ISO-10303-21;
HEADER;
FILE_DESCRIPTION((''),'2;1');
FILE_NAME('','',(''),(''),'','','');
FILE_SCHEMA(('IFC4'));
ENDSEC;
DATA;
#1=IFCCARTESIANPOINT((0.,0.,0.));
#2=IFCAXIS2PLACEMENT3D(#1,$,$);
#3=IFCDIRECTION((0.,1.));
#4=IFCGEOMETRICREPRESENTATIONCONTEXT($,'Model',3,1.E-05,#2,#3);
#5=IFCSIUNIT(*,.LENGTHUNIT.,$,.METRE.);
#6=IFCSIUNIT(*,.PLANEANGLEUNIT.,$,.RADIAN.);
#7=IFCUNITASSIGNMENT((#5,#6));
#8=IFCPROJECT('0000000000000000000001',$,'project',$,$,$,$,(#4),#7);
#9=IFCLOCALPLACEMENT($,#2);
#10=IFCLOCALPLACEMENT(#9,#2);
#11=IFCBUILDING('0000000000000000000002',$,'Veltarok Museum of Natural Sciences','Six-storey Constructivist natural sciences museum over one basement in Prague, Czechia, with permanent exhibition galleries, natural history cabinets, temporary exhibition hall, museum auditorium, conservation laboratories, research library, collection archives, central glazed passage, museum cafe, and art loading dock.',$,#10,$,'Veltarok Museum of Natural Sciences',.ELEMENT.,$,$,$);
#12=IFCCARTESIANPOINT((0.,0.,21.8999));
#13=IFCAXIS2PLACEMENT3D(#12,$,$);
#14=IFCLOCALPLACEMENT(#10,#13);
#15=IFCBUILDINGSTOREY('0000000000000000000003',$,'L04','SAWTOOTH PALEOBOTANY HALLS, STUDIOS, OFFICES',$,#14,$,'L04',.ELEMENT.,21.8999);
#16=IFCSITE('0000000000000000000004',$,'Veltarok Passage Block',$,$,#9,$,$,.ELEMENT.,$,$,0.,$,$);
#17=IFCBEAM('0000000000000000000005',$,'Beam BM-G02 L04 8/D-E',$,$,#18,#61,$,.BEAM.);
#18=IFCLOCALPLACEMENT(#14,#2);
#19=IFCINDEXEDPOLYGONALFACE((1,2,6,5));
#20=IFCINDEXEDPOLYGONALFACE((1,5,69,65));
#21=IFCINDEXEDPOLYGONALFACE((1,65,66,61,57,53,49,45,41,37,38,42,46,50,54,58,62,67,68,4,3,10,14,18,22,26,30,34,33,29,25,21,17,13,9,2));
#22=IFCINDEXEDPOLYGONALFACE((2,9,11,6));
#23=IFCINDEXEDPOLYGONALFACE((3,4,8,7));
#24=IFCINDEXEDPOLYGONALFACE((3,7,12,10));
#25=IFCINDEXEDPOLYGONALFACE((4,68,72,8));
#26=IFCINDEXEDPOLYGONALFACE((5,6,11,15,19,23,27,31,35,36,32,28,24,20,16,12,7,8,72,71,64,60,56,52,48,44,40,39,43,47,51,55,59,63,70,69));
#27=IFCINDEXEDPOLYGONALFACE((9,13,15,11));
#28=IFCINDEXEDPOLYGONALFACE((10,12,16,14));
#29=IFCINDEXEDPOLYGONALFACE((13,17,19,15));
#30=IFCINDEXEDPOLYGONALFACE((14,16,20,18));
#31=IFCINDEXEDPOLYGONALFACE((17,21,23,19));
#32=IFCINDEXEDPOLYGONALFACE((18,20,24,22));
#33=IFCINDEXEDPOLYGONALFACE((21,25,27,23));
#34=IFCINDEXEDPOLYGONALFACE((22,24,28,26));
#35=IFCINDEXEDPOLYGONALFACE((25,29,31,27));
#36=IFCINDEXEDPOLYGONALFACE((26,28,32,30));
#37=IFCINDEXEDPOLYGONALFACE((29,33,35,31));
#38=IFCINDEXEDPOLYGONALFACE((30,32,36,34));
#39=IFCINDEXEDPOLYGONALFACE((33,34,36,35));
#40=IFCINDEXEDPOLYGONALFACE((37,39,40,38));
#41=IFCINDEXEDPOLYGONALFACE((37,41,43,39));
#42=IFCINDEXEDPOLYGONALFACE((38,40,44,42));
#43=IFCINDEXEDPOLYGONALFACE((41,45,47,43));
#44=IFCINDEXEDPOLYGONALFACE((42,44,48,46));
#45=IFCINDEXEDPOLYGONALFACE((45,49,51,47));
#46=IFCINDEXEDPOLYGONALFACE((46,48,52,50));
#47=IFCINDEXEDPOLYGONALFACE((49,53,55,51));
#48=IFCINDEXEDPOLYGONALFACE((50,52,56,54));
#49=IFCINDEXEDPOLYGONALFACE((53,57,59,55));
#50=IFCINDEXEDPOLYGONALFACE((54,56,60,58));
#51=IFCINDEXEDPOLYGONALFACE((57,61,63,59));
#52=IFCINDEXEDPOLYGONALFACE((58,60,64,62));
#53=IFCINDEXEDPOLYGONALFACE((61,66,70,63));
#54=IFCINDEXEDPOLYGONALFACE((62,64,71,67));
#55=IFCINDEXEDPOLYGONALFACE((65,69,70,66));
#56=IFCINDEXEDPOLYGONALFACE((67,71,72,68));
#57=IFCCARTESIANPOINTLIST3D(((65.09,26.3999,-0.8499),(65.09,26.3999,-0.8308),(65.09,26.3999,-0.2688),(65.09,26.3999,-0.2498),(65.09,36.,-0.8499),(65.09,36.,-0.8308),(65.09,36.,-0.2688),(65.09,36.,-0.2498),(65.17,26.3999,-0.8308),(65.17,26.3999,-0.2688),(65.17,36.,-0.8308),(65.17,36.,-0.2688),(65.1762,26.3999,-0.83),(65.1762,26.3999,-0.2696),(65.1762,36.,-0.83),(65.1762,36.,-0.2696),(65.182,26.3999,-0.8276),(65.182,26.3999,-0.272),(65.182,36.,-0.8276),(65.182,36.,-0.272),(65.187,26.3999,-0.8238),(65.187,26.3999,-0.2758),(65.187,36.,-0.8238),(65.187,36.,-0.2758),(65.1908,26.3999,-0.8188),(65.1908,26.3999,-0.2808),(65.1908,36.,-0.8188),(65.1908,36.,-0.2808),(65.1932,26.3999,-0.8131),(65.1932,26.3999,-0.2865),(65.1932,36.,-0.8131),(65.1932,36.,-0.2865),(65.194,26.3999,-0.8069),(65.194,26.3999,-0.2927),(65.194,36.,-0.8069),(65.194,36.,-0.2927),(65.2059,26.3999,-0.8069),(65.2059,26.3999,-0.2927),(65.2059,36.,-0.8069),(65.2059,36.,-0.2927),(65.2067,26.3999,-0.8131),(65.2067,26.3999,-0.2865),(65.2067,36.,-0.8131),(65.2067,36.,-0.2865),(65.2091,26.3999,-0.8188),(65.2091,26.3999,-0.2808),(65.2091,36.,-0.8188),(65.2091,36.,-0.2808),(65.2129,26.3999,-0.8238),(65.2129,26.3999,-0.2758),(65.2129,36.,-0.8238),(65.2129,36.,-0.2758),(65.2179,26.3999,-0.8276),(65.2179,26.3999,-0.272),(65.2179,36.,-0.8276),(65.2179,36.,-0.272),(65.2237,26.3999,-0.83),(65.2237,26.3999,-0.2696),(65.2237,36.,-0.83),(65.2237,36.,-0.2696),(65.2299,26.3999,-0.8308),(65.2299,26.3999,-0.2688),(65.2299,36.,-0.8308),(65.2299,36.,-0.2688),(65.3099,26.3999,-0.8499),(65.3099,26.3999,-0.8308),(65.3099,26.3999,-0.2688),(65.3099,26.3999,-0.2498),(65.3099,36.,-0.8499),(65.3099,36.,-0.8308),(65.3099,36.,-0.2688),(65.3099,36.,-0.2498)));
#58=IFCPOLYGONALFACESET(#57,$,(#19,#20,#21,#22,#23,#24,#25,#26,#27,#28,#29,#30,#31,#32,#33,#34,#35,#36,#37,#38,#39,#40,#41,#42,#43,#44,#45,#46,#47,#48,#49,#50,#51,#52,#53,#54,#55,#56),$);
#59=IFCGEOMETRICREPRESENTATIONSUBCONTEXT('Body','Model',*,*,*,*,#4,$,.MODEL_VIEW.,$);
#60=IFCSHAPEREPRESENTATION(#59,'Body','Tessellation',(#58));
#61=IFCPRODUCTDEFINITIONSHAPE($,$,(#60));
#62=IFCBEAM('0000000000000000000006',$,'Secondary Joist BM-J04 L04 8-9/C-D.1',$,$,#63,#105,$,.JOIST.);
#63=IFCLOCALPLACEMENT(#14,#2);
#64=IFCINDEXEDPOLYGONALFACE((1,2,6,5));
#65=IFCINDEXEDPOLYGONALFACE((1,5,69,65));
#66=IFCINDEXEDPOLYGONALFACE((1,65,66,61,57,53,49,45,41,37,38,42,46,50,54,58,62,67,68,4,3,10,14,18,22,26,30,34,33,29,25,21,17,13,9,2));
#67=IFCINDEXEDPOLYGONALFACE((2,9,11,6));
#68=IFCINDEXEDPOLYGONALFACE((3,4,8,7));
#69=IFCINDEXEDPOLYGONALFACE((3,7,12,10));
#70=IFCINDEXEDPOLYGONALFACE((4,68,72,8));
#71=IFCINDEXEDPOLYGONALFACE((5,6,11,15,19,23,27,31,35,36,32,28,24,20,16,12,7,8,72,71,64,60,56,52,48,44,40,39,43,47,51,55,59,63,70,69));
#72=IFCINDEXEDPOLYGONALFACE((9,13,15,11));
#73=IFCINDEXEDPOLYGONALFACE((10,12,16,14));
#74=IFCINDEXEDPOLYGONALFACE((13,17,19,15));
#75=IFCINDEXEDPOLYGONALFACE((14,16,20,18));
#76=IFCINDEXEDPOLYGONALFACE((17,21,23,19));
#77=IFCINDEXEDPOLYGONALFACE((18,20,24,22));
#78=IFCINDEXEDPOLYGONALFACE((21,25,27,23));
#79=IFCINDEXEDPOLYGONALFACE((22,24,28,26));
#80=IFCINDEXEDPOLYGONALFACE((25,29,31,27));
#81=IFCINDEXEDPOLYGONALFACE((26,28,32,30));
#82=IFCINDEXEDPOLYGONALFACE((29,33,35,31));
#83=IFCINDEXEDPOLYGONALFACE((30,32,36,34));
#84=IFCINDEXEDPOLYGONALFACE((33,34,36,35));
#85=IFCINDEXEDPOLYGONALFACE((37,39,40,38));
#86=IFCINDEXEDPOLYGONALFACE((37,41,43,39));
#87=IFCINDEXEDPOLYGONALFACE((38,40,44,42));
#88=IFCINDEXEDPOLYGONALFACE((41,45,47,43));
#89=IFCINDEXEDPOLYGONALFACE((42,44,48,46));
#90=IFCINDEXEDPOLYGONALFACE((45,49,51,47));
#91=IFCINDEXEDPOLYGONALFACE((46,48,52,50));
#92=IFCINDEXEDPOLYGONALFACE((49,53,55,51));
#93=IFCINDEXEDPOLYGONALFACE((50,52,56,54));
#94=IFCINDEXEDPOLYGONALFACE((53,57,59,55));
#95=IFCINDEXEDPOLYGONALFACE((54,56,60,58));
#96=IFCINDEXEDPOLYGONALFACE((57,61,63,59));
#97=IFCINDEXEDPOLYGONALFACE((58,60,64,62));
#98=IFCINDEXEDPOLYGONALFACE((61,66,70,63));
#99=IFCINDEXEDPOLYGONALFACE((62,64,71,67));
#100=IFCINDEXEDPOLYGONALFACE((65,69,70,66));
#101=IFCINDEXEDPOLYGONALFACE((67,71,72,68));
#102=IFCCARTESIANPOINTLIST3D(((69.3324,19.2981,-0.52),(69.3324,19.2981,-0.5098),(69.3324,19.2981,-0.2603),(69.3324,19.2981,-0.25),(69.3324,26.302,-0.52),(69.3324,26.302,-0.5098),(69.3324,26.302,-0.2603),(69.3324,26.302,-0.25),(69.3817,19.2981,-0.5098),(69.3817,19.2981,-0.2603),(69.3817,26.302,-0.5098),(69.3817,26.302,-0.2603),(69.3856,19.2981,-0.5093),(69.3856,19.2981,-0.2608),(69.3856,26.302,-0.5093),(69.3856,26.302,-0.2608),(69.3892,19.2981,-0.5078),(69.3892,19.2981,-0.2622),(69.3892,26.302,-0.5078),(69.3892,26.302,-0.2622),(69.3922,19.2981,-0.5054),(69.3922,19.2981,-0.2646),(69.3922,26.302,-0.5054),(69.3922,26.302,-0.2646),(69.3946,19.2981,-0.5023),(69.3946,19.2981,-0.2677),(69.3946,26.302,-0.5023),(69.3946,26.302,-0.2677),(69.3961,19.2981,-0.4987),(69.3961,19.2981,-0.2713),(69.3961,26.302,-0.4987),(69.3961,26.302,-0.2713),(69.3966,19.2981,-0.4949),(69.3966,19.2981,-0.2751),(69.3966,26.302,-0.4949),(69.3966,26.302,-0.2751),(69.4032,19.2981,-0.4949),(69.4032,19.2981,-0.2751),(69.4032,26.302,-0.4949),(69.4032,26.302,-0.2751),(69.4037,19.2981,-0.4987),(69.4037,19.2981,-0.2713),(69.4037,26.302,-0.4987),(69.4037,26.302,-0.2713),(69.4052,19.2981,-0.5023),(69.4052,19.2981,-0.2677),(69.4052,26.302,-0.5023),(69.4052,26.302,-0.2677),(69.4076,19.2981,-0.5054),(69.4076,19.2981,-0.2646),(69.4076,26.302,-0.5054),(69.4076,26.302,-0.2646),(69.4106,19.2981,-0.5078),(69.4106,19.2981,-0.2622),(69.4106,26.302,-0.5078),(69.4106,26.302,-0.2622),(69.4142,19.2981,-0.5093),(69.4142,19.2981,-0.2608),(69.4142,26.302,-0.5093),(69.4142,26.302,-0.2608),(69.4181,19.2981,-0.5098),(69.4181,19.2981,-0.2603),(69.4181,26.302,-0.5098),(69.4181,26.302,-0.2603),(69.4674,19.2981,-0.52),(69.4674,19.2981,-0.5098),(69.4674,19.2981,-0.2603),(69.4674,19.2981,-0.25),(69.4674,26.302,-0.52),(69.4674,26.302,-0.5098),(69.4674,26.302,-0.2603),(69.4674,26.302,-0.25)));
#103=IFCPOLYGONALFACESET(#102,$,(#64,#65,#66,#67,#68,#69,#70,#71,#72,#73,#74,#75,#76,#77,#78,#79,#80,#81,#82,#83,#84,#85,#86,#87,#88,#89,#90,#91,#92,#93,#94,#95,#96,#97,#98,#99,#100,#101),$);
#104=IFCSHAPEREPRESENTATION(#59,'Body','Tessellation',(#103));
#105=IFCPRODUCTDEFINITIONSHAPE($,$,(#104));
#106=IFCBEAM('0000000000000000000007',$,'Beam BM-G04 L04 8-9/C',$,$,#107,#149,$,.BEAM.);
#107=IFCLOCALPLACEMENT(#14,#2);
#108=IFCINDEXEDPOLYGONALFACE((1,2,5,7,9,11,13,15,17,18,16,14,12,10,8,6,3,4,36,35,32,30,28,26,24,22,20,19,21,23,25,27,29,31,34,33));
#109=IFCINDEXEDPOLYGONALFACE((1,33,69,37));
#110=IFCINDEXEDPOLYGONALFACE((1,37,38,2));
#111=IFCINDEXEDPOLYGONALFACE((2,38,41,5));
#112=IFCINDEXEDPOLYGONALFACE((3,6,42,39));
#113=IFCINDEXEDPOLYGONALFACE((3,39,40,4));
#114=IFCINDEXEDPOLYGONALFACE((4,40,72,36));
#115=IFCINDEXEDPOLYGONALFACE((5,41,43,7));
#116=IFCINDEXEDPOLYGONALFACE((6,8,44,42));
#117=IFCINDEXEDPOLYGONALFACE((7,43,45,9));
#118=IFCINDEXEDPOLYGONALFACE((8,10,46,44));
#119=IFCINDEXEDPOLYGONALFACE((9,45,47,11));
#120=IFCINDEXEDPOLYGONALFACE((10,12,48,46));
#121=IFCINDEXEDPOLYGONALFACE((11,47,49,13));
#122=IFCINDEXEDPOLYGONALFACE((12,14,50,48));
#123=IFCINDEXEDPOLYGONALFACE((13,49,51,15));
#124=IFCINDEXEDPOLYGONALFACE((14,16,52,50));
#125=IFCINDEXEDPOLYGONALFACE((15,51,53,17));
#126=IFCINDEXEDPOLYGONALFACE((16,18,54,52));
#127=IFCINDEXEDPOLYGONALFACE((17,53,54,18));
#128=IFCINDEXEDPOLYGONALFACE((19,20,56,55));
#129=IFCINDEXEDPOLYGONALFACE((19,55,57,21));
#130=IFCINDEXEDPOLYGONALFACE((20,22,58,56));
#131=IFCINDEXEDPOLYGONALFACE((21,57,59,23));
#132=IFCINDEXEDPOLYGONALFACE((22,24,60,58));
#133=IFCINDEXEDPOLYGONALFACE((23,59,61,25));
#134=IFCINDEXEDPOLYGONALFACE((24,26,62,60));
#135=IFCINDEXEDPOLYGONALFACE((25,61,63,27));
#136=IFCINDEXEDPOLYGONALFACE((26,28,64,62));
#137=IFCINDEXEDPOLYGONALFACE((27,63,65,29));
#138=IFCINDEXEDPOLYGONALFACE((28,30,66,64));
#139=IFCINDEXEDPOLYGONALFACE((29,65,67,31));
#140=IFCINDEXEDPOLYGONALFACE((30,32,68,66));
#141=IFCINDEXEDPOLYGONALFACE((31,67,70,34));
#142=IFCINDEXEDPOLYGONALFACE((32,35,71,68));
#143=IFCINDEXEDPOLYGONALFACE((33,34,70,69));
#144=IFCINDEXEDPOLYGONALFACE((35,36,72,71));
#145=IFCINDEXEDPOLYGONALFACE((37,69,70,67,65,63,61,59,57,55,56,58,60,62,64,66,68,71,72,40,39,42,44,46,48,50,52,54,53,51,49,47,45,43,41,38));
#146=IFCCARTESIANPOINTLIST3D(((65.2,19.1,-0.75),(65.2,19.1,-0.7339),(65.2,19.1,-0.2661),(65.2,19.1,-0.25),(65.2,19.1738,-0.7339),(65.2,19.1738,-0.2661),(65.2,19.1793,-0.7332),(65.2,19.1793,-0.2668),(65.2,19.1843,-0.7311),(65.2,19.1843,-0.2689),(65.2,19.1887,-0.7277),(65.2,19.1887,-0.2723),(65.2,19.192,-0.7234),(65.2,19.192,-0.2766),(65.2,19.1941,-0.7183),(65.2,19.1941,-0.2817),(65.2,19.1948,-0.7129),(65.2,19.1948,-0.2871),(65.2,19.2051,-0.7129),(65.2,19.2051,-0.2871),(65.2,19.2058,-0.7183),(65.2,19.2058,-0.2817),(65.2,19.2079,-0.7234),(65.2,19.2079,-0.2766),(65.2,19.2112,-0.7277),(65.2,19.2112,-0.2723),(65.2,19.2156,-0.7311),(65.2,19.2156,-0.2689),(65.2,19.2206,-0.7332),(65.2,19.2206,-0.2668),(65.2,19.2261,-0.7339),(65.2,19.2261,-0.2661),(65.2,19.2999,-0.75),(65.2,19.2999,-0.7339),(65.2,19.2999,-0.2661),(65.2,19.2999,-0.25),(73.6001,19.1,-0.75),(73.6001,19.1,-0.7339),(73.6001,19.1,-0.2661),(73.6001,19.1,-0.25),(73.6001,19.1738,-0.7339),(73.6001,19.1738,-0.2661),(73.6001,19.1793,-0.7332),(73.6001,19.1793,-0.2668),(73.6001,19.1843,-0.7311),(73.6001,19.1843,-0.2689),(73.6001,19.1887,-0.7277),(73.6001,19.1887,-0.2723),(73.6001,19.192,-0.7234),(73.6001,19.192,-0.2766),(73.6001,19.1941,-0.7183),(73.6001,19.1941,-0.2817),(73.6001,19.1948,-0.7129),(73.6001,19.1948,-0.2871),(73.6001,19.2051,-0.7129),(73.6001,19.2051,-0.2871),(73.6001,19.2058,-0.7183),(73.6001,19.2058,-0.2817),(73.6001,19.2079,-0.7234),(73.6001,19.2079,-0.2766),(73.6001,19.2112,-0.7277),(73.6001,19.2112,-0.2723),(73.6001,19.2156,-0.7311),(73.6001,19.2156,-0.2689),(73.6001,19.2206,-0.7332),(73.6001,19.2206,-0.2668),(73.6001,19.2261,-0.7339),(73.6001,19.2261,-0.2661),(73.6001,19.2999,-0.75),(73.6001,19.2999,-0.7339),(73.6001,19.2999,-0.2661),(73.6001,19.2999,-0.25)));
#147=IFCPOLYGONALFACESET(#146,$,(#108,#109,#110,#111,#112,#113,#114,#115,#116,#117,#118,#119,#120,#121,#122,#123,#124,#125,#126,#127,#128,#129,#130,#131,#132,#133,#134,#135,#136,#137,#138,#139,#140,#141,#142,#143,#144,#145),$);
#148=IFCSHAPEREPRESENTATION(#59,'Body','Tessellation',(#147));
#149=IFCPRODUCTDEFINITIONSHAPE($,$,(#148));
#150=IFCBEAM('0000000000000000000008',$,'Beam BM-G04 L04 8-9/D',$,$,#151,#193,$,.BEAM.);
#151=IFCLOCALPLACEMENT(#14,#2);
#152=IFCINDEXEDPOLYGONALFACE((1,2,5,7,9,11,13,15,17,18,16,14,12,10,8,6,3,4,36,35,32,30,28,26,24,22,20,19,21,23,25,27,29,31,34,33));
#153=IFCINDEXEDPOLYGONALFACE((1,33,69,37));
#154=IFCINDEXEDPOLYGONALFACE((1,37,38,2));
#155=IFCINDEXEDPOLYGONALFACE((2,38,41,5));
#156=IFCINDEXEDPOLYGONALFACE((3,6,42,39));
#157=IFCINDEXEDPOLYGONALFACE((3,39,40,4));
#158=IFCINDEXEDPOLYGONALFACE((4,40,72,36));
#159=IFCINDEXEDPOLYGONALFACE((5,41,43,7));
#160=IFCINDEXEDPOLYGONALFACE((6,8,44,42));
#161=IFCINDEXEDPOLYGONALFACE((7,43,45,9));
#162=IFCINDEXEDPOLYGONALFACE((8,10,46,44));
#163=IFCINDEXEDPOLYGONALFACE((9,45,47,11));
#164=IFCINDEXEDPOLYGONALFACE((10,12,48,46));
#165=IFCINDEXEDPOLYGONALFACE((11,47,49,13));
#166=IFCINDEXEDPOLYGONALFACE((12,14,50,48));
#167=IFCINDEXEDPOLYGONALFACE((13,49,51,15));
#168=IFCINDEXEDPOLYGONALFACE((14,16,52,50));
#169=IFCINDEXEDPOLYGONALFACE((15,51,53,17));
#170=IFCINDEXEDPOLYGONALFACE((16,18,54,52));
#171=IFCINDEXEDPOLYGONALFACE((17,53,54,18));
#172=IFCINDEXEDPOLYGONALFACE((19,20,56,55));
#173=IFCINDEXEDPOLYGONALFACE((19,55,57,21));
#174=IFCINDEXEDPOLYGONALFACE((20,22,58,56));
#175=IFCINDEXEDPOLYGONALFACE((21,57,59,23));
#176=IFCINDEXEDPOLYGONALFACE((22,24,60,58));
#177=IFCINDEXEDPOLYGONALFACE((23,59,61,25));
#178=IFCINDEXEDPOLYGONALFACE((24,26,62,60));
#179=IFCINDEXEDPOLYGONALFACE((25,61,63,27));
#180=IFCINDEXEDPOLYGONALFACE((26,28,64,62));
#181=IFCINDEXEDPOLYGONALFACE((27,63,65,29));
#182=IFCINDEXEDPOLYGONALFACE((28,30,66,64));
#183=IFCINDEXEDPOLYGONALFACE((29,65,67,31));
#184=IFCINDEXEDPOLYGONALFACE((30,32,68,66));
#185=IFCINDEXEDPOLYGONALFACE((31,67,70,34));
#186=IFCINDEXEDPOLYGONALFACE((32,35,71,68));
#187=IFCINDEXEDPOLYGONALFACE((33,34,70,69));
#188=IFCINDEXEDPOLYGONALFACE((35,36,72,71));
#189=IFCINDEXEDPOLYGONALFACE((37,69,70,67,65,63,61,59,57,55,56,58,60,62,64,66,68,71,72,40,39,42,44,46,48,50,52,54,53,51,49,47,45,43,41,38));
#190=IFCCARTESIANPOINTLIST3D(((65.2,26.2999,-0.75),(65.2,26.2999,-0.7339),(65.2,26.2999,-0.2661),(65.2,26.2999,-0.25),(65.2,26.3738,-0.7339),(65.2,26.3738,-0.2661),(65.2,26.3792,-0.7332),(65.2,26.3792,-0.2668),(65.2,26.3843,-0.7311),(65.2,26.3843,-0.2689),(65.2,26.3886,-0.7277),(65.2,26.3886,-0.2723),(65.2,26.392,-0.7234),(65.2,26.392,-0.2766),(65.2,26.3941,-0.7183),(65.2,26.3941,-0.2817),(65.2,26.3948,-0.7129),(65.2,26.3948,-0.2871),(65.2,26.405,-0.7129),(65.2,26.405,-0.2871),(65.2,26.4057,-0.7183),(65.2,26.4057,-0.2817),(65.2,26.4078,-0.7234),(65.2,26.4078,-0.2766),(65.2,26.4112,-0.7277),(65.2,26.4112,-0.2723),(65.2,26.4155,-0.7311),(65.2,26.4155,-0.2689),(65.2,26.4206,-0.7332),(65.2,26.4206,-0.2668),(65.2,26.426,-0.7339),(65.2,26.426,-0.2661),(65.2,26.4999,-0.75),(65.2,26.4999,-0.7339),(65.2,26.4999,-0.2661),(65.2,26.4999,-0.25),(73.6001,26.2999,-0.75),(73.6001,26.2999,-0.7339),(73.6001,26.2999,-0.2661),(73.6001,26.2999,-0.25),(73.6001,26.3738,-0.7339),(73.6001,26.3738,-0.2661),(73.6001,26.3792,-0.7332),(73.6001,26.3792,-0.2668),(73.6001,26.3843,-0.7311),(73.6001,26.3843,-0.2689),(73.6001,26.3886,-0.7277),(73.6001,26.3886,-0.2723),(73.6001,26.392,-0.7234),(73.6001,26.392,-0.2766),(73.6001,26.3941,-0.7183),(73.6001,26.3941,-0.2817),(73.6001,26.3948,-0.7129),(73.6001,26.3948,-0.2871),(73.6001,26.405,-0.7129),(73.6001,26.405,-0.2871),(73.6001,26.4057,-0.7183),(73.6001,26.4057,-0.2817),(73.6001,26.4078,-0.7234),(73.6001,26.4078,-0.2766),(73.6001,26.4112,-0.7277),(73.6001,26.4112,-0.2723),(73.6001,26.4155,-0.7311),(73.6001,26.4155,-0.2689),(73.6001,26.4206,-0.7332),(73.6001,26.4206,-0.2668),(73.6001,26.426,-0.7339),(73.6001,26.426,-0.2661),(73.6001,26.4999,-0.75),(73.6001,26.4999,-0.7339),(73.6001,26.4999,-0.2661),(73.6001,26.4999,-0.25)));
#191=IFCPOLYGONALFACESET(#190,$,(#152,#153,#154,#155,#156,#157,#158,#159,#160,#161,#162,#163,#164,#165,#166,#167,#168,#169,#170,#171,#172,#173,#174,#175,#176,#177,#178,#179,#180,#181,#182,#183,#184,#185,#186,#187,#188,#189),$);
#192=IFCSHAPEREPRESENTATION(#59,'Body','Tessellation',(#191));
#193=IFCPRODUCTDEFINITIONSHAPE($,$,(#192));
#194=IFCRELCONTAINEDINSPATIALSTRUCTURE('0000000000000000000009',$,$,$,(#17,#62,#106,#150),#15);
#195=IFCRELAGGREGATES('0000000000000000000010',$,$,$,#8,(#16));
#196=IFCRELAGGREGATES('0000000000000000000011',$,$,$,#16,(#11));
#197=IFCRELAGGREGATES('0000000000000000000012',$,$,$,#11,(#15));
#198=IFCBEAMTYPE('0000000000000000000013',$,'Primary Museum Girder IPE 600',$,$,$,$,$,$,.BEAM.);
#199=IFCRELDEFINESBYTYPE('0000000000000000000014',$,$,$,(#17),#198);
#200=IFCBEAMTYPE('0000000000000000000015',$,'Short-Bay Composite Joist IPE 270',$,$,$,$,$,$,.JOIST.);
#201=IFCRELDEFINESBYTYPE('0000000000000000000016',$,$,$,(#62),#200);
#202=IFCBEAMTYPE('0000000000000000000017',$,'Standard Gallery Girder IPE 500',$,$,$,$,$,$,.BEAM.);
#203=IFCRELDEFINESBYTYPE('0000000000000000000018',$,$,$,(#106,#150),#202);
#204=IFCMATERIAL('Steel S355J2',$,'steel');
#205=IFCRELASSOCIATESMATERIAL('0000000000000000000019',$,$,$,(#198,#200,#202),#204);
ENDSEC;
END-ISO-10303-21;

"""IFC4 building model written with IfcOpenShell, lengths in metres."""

from ifc_helpers import new_model, si_unit, direction, frame, origin, origin_2d, place, context, subcontext, project, spatial, i_section, extrude, material, material_profile, profile_set, type_object, element, save


model = new_model("IFC4")

# Units and contexts
model_context = context("Model", 3, precision=1e-05, world=origin(), true_north=direction((0.0, 1.0)))
body_context = subcontext(model_context, "Body", "Model", "MODEL_VIEW")
ifc_project = project(units=[si_unit("LENGTHUNIT", "METRE"), si_unit("PLANEANGLEUNIT", "RADIAN")], contexts=[model_context])

# Site, building, storey
site_placement = place(None, origin())
site = spatial("IfcSite", under=ifc_project, at=site_placement, Name="Veltarok Passage Block", CompositionType="ELEMENT", RefElevation=0.0)
building_placement = place(site_placement, origin())
building = spatial("IfcBuilding", under=site, at=building_placement, Name="Veltarok Museum of Natural Sciences", Description="Six-storey Constructivist natural sciences museum over one basement in Prague, Czechia, with permanent exhibition galleries, natural history cabinets, temporary exhibition hall, museum auditorium, conservation laboratories, research library, collection archives, central glazed passage, museum cafe, and art loading dock.", LongName="Veltarok Museum of Natural Sciences", CompositionType="ELEMENT")
storey_placement = place(building_placement, frame((0.0, 0.0, 21.8999)))
storey = spatial("IfcBuildingStorey", under=building, at=storey_placement, Name="L04", Description="SAWTOOTH PALEOBOTANY HALLS, STUDIOS, OFFICES", LongName="L04", CompositionType="ELEMENT", Elevation=21.8999)

# Shared definitions
ifc_material_1 = material(Name="Steel S355J2", Category="steel")

# Beams
ifc_material_profile_1 = material_profile(ifc_material_1, i_section(OverallWidth=0.22, OverallDepth=0.6001, WebThickness=0.012, FlangeThickness=0.019, FilletRadius=0.0239, at=origin_2d()), Name="IPE 600")
ifc_profile_set_1 = profile_set([ifc_material_profile_1], Name="Steel S355J2")
beam_type_1 = type_object("IfcBeamType", Name="Primary Museum Girder IPE 600", PredefinedType="BEAM", material=ifc_profile_set_1)
beam_1_placement = place(storey_placement, frame((65.2, 26.3999, -0.5498), z_axis=(0.0, 1.0, 0.0), x_axis=(-1.0, 0.0, 0.0)))
element("IfcBeam", 1, at=beam_1_placement, inside=storey, type_object=beam_type_1, Name="Beam BM-G02 L04 8/D-E", PredefinedType="BEAM", context=body_context, shape_type="SweptSolid", body=[
    extrude(i_section(OverallWidth=0.22, OverallDepth=0.6001, WebThickness=0.012, FlangeThickness=0.019, FilletRadius=0.0239, at=origin_2d()), origin(), (0.0, 0.0, 1.0), 9.6001),
])
ifc_material_profile_2 = material_profile(ifc_material_1, i_section(OverallWidth=0.135, OverallDepth=0.27, WebThickness=0.0066, FlangeThickness=0.0103, FilletRadius=0.0149, at=origin_2d()), Name="IPE 270")
ifc_profile_set_2 = profile_set([ifc_material_profile_2], Name="Steel S355J2")
beam_type_2 = type_object("IfcBeamType", Name="Short-Bay Composite Joist IPE 270", PredefinedType="JOIST", material=ifc_profile_set_2)
beam_2_placement = place(storey_placement, frame((69.3999, 19.2981, -0.385), z_axis=(0.0, 1.0, 0.0), x_axis=(-1.0, 0.0, 0.0)))
element("IfcBeam", 2, at=beam_2_placement, inside=storey, type_object=beam_type_2, Name="Secondary Joist BM-J04 L04 8-9/C-D.1", PredefinedType="JOIST", context=body_context, shape_type="SweptSolid", body=[
    extrude(i_section(OverallWidth=0.135, OverallDepth=0.27, WebThickness=0.0066, FlangeThickness=0.0103, FilletRadius=0.0149, at=origin_2d()), origin(), (0.0, 0.0, 1.0), 7.0039),
])
ifc_material_profile_3 = material_profile(ifc_material_1, i_section(OverallWidth=0.2, OverallDepth=0.5, WebThickness=0.0103, FlangeThickness=0.0161, FilletRadius=0.021, at=origin_2d()), Name="IPE 500")
ifc_profile_set_3 = profile_set([ifc_material_profile_3], Name="Steel S355J2")
beam_type_3 = type_object("IfcBeamType", Name="Standard Gallery Girder IPE 500", PredefinedType="BEAM", material=ifc_profile_set_3)
for number, where, z_axis, x_axis, name in (
    (3, (65.2, 19.2, -0.5), (1.0, 0.0, 0.0), (0.0, 1.0, 0.0), "Beam BM-G04 L04 8-9/C"),
    (4, (65.2, 26.3999, -0.5), (1.0, 0.0, 0.0), (0.0, 1.0, 0.0), "Beam BM-G04 L04 8-9/D"),
):
    element("IfcBeam", number, at=place(storey_placement, frame(where, z_axis=z_axis, x_axis=x_axis)), inside=storey, type_object=beam_type_3, Name=name, PredefinedType="BEAM", context=body_context, shape_type="SweptSolid", body=[
        extrude(i_section(OverallWidth=0.2, OverallDepth=0.5, WebThickness=0.0103, FlangeThickness=0.0161, FilletRadius=0.021, at=origin_2d()), origin(), (0.0, 0.0, 1.0), 8.4001),
    ])

save(model, "model.ifc")
